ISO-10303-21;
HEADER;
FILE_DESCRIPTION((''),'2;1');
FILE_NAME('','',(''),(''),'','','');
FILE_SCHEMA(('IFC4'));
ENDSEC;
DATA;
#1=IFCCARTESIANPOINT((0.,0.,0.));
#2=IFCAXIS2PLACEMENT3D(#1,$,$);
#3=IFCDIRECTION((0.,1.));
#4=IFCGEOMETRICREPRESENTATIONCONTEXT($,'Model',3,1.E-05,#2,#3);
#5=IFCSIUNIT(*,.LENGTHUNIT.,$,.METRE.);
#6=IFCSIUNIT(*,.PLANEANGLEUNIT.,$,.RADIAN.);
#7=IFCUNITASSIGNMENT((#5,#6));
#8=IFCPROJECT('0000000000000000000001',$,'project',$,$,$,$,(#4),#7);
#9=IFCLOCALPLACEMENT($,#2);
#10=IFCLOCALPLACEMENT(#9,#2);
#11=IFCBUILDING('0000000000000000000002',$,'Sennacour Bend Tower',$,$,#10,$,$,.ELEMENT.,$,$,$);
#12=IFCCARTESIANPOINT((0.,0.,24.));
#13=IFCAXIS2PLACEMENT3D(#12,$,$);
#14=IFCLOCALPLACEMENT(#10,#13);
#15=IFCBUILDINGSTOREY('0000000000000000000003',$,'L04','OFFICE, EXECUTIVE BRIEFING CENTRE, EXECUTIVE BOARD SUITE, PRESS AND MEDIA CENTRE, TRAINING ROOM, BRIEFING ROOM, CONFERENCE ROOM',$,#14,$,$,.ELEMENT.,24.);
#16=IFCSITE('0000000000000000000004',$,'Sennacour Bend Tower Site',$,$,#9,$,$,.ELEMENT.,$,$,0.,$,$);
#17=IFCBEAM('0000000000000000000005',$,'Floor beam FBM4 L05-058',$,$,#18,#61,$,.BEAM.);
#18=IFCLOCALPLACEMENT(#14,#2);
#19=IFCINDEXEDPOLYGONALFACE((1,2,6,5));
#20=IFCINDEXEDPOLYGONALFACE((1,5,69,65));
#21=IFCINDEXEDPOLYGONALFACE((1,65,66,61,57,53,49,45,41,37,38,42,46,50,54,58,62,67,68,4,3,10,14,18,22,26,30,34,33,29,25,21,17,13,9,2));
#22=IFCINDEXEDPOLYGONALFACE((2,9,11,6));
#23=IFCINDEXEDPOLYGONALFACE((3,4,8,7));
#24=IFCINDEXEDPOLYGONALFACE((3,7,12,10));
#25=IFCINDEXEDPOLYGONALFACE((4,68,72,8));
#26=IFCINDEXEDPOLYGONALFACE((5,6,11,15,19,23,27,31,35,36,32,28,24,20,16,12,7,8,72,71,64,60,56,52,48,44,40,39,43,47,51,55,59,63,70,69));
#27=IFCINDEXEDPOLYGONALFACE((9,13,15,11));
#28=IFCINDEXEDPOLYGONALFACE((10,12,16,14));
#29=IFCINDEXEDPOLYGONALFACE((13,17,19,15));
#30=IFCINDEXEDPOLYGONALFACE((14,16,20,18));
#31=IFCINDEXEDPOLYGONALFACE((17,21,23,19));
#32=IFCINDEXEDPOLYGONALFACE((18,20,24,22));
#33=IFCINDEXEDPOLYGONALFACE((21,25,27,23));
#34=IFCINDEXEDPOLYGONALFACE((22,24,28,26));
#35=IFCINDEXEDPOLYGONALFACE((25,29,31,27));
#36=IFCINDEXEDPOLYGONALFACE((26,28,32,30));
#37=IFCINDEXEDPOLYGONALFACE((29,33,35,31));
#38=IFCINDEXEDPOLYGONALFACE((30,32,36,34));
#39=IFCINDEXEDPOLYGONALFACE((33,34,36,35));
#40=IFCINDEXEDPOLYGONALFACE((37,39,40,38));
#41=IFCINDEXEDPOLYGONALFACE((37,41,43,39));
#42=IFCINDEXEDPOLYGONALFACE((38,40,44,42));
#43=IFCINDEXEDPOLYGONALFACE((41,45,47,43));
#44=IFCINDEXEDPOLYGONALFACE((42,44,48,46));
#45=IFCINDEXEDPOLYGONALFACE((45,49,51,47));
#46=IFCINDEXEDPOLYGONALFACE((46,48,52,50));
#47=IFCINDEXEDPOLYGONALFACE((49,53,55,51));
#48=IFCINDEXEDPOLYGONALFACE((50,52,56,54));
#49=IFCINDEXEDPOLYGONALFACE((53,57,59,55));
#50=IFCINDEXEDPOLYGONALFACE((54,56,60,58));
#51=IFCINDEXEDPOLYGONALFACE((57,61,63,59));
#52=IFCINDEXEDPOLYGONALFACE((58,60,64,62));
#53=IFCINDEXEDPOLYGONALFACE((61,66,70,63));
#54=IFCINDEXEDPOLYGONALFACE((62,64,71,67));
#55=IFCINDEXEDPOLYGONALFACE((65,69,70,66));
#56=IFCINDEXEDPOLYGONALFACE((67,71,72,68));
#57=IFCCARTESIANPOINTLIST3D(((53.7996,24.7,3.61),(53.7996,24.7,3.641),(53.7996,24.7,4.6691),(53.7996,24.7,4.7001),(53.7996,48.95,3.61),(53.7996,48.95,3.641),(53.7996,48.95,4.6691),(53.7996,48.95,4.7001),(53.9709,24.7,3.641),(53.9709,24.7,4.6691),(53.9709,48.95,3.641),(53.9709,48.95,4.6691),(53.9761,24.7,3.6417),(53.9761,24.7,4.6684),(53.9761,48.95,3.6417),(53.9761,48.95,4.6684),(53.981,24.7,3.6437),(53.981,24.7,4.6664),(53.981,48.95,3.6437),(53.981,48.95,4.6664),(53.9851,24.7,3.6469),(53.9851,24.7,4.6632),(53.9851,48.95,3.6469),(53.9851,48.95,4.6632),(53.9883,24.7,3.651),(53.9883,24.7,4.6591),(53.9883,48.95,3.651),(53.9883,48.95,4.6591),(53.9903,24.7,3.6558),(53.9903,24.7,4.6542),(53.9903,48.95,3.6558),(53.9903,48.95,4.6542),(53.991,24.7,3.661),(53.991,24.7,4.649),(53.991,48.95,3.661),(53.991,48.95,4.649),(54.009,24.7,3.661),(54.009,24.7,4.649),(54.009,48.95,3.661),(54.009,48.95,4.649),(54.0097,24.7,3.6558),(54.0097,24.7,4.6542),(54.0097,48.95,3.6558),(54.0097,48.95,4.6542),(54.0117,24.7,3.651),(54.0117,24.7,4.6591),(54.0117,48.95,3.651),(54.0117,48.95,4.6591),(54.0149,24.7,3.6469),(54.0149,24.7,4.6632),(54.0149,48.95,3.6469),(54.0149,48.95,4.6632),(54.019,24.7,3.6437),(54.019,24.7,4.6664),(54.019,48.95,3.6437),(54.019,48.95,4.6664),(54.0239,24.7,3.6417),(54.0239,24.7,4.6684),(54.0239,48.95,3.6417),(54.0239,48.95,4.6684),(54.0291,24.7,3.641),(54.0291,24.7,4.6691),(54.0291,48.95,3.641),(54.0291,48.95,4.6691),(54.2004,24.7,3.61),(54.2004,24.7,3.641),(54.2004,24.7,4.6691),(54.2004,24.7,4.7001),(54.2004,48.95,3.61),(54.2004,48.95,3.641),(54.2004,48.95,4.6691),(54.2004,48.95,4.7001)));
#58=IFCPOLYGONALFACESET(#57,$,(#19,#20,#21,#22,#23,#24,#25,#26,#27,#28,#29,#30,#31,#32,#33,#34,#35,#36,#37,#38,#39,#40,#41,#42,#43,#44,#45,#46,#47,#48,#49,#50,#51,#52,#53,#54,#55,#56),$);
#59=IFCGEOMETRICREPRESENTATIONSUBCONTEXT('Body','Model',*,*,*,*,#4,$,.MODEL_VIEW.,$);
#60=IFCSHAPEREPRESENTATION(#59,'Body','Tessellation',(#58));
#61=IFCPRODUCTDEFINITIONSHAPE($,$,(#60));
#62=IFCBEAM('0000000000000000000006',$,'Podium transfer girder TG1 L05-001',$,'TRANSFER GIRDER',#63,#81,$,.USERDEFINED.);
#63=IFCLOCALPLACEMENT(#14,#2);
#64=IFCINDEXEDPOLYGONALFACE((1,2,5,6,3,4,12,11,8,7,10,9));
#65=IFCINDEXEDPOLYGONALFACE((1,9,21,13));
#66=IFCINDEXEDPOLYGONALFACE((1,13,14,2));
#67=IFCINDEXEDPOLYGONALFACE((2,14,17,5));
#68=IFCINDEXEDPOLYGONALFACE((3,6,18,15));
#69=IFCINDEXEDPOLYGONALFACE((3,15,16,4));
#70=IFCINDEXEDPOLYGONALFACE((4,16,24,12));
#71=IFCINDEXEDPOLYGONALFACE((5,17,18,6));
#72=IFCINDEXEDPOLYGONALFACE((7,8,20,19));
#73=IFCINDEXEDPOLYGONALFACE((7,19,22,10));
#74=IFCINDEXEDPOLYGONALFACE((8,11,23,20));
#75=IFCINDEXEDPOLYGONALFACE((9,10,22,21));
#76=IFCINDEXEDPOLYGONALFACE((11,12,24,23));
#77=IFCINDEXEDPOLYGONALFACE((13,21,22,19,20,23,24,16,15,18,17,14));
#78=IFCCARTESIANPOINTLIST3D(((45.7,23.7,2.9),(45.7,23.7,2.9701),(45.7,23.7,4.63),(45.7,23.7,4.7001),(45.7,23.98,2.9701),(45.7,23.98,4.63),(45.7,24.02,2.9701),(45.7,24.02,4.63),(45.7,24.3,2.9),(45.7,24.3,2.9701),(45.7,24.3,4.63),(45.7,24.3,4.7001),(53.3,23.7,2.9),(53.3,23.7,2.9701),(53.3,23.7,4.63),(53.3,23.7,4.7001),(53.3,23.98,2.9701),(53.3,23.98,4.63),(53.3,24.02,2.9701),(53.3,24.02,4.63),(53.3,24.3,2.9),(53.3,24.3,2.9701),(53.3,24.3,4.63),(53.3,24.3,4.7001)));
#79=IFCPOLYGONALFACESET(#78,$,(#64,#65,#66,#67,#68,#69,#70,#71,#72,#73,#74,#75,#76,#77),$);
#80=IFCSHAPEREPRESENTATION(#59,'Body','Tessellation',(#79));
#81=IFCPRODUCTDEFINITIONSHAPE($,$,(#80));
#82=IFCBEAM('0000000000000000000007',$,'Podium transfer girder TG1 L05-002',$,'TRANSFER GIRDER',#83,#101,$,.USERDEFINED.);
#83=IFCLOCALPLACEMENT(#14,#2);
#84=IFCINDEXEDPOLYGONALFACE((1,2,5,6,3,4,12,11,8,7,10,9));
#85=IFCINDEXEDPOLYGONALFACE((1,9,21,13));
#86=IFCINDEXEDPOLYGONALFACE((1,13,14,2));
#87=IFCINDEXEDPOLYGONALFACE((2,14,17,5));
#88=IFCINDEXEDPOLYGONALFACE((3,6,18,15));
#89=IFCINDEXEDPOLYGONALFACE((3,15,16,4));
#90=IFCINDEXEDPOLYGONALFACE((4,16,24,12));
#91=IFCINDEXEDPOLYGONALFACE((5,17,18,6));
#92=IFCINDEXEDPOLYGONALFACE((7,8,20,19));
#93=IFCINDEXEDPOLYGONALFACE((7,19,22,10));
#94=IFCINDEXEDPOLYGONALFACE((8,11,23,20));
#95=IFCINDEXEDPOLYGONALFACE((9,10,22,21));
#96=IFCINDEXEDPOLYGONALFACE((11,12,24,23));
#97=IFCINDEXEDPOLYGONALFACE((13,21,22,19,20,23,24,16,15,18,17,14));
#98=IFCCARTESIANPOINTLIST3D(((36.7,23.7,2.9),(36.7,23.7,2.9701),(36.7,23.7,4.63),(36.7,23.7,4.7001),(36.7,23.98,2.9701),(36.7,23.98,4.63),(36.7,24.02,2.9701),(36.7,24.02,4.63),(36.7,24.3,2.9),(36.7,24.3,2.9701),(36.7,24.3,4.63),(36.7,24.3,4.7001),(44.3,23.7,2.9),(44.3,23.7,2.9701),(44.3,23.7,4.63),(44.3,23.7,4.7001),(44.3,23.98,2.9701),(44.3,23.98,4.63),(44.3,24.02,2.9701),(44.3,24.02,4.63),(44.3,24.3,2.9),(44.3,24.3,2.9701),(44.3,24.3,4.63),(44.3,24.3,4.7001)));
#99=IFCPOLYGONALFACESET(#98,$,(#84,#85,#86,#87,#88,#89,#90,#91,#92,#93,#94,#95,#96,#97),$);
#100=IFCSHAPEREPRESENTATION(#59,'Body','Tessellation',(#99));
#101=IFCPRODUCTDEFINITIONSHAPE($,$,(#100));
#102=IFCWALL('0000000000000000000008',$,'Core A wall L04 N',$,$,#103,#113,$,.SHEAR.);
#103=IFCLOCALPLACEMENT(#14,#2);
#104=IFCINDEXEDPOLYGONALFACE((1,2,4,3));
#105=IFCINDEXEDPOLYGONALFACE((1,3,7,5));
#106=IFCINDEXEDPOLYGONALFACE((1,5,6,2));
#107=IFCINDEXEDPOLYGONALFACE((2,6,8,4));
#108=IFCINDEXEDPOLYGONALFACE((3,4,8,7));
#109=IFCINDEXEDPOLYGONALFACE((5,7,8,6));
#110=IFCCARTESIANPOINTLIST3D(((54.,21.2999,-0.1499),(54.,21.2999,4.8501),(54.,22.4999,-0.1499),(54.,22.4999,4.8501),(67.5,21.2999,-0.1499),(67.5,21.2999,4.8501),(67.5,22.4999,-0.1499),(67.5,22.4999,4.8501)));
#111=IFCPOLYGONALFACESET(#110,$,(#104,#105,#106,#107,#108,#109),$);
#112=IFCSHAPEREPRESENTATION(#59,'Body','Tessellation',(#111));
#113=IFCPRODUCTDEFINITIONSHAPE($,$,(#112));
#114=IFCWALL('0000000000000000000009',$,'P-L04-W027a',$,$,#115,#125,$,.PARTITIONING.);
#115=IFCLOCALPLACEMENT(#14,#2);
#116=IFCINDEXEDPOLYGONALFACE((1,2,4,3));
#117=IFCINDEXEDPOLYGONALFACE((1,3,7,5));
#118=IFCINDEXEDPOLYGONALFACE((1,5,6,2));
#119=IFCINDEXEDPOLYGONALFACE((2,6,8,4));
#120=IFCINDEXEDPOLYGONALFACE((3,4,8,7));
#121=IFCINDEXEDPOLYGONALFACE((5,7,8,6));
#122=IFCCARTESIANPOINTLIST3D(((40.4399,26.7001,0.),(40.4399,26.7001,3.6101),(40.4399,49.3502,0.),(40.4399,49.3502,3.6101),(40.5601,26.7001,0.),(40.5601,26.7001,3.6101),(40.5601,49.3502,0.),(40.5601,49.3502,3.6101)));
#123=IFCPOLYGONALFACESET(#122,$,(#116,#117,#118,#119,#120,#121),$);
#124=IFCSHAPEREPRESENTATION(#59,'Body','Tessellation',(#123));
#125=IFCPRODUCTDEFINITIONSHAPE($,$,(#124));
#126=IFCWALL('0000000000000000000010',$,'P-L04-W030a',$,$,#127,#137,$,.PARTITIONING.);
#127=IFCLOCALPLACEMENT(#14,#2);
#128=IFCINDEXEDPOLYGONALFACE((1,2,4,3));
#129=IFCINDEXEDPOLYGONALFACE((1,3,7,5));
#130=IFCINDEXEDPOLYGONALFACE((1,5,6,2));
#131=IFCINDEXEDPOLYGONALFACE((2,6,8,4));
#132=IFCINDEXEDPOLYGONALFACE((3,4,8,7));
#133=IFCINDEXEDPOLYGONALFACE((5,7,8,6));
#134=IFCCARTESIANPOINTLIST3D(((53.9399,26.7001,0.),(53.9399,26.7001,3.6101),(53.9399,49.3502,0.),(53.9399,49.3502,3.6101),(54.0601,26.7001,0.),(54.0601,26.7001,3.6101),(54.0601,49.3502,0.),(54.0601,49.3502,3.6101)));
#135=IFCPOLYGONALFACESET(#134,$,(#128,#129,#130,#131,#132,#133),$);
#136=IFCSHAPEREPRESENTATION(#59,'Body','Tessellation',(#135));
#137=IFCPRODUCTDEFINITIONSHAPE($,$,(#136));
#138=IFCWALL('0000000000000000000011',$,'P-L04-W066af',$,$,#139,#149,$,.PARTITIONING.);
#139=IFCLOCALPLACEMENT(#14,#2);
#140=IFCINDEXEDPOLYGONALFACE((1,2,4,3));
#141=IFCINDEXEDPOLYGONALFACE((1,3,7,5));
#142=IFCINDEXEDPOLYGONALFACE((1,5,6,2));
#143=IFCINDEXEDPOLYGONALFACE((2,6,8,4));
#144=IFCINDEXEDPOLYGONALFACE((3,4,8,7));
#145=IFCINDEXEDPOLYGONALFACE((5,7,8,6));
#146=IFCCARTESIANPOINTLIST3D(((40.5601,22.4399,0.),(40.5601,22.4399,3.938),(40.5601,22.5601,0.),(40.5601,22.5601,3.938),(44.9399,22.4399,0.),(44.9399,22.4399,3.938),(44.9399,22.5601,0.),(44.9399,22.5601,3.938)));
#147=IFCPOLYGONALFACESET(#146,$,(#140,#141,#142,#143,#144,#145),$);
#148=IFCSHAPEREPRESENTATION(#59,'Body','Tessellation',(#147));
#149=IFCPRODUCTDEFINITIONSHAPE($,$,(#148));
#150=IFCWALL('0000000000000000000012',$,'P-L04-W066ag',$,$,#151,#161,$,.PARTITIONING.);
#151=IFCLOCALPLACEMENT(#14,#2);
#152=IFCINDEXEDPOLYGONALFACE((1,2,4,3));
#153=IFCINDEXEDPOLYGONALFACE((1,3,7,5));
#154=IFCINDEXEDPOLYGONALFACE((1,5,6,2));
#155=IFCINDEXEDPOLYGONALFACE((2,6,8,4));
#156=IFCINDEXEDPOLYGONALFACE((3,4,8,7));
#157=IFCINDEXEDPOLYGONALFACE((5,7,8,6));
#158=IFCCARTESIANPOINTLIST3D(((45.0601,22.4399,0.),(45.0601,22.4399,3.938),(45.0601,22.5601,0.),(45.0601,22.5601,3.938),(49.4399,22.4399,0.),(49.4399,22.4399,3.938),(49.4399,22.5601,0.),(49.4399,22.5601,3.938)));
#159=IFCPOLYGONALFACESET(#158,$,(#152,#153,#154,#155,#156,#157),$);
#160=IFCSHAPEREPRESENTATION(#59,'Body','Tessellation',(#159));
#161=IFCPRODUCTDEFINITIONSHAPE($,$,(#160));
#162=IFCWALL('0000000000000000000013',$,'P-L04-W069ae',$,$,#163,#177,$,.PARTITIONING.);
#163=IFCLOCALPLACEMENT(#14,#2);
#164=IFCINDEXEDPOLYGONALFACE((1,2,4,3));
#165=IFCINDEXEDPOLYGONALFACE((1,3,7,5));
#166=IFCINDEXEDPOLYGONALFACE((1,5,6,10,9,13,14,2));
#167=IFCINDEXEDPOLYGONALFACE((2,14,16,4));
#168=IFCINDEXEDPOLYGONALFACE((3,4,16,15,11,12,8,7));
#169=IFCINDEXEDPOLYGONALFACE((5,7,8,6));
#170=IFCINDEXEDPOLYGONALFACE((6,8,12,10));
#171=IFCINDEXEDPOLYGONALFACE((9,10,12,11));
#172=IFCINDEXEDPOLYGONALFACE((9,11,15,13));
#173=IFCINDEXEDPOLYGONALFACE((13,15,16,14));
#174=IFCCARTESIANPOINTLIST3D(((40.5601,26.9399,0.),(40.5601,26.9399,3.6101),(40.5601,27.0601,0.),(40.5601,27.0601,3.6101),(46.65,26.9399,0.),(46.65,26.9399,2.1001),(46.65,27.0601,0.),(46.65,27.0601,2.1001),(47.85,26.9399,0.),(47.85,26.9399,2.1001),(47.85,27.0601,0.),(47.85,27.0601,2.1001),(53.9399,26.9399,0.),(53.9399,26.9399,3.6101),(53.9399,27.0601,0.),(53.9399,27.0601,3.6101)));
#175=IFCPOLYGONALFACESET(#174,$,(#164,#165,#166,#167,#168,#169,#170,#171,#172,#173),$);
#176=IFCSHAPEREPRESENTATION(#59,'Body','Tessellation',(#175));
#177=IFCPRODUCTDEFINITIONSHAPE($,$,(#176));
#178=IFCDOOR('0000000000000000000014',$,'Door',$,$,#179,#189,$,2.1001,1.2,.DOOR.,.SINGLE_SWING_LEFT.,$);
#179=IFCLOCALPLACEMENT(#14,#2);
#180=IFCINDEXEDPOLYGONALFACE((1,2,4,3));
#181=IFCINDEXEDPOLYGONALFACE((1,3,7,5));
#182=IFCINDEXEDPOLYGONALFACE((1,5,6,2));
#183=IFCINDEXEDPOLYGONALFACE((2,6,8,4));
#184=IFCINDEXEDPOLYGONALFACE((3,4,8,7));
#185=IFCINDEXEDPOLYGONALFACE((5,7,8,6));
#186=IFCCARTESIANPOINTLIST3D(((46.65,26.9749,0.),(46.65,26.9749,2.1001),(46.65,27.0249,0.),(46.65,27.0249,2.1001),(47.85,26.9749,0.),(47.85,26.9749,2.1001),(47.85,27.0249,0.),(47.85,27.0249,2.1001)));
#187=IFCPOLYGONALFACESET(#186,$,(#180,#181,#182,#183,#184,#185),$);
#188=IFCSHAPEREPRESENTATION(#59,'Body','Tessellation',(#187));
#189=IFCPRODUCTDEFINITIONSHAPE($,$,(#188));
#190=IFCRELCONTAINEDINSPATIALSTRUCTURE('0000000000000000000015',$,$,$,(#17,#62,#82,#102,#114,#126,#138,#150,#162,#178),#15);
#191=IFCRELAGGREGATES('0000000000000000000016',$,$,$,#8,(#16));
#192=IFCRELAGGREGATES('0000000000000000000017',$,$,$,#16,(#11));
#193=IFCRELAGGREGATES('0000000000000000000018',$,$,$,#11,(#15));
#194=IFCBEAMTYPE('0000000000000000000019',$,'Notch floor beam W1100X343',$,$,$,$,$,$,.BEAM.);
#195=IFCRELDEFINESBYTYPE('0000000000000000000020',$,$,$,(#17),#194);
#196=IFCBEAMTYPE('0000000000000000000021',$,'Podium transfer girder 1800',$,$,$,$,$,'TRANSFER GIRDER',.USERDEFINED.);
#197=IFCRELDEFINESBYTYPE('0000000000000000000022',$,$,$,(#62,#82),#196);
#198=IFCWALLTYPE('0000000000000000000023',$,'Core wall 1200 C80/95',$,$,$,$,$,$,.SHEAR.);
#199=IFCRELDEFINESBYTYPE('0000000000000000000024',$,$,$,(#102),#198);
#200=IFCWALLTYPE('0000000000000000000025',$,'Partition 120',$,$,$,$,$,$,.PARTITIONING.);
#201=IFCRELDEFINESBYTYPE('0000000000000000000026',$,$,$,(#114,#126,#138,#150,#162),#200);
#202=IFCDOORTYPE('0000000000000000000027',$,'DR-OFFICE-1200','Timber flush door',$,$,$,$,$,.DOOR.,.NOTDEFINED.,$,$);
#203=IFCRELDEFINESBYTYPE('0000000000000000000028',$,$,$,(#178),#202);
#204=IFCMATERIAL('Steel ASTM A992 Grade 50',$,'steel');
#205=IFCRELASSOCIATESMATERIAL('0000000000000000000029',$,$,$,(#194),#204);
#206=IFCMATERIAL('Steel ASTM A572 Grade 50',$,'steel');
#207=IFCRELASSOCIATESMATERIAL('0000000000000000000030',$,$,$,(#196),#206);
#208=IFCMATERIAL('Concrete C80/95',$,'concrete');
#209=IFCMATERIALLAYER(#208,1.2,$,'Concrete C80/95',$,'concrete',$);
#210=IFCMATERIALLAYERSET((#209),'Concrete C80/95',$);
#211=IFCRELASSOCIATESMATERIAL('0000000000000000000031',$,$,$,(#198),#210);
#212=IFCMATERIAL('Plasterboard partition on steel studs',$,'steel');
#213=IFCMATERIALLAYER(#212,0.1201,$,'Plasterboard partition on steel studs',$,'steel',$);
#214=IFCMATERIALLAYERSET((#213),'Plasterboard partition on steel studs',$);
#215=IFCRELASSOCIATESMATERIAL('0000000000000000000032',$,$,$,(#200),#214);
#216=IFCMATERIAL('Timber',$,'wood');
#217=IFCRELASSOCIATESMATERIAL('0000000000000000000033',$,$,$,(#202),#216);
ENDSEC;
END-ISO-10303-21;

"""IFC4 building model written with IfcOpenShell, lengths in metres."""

from ifc_helpers import new_model, si_unit, direction, frame, frame_2d, origin, origin_2d, place, context, subcontext, project, spatial, rectangle, i_section, extrude, material, layer, layer_set, material_profile, profile_set, type_object, element, fill, save


model = new_model("IFC4")

# Units and contexts
model_context = context("Model", 3, precision=1e-05, world=origin(), true_north=direction((0.0, 1.0)))
body_context = subcontext(model_context, "Body", "Model", "MODEL_VIEW")
ifc_project = project(units=[si_unit("LENGTHUNIT", "METRE"), si_unit("PLANEANGLEUNIT", "RADIAN")], contexts=[model_context])

# Site, building, storey
site_placement = place(None, origin())
site = spatial("IfcSite", under=ifc_project, at=site_placement, Name="Sennacour Bend Tower Site", CompositionType="ELEMENT", RefElevation=0.0)
building_placement = place(site_placement, origin())
building = spatial("IfcBuilding", under=site, at=building_placement, Name="Sennacour Bend Tower", CompositionType="ELEMENT")
storey_placement = place(building_placement, frame((0.0, 0.0, 24.0)))
storey = spatial("IfcBuildingStorey", under=building, at=storey_placement, Name="L04", Description="OFFICE, EXECUTIVE BRIEFING CENTRE, EXECUTIVE BOARD SUITE, PRESS AND MEDIA CENTRE, TRAINING ROOM, BRIEFING ROOM, CONFERENCE ROOM", CompositionType="ELEMENT", Elevation=24.0)

# Shared definitions
ifc_material_1 = material(Name="Steel ASTM A572 Grade 50", Category="steel")

# Beams
ifc_material_2 = material(Name="Steel ASTM A992 Grade 50", Category="steel")
ifc_material_profile_1 = material_profile(ifc_material_2, i_section(OverallWidth=0.4009, OverallDepth=1.0901, WebThickness=0.0181, FlangeThickness=0.031, FilletRadius=0.02, at=origin_2d()), Name="Steel ASTM A992 Grade 50", Category="steel")
ifc_profile_set_1 = profile_set([ifc_material_profile_1], Name="Steel ASTM A992 Grade 50")
beam_type_1 = type_object("IfcBeamType", Name="Notch floor beam W1100X343", PredefinedType="BEAM", material=ifc_profile_set_1)
beam_1_placement = place(storey_placement, frame((54.0, 24.7, 4.155), z_axis=(0.0, 1.0, 0.0), x_axis=(-1.0, 0.0, 0.0)))
element("IfcBeam", 1, at=beam_1_placement, inside=storey, type_object=beam_type_1, Name="Floor beam FBM4 L05-058", PredefinedType="BEAM", context=body_context, shape_type="SweptSolid", body=[
    extrude(i_section(OverallWidth=0.4009, OverallDepth=1.0901, WebThickness=0.0181, FlangeThickness=0.031, FilletRadius=0.02, at=origin_2d()), origin(), (0.0, 0.0, 1.0), 24.25),
])
ifc_material_profile_2 = material_profile(ifc_material_1, i_section(OverallWidth=0.6001, OverallDepth=1.8, WebThickness=0.04, FlangeThickness=0.0701, at=origin_2d()), Name="Steel ASTM A572 Grade 50", Category="steel")
ifc_profile_set_2 = profile_set([ifc_material_profile_2], Name="Steel ASTM A572 Grade 50")
beam_type_2 = type_object("IfcBeamType", Name="Podium transfer girder 1800", ElementType="TRANSFER GIRDER", PredefinedType="USERDEFINED", material=ifc_profile_set_2)
for number, where, z_axis, x_axis, name in (
    (2, (53.3, 24.0, 3.8), (-1.0, 0.0, 0.0), (0.0, -1.0, 0.0), "Podium transfer girder TG1 L05-001"),
    (3, (44.3, 24.0, 3.8), (-1.0, 0.0, 0.0), (0.0, -1.0, 0.0), "Podium transfer girder TG1 L05-002"),
):
    element("IfcBeam", number, at=place(storey_placement, frame(where, z_axis=z_axis, x_axis=x_axis)), inside=storey, type_object=beam_type_2, Name=name, ObjectType="TRANSFER GIRDER", PredefinedType="USERDEFINED", context=body_context, shape_type="SweptSolid", body=[
        extrude(i_section(OverallWidth=0.6001, OverallDepth=1.8, WebThickness=0.04, FlangeThickness=0.0701, at=origin_2d()), origin(), (0.0, 0.0, 1.0), 7.6001),
    ])

# Walls
ifc_material_3 = material(Name="Concrete C80/95", Category="concrete")
ifc_layer_1 = layer(ifc_material_3, 1.2, Name="Concrete C80/95", Category="concrete")
ifc_layer_set_1 = layer_set([ifc_layer_1], Name="Concrete C80/95")
wall_type_1 = type_object("IfcWallType", Name="Core wall 1200 C80/95", PredefinedType="SHEAR", material=ifc_layer_set_1)
wall_1_placement = place(storey_placement, frame((54.0, 21.8999, -0.1499), z_axis=(0.0, 0.0, 1.0), x_axis=(1.0, 0.0, 0.0)))
element("IfcWall", 4, at=wall_1_placement, inside=storey, type_object=wall_type_1, Name="Core A wall L04 N", PredefinedType="SHEAR", context=body_context, shape_type="SweptSolid", body=[
    extrude(rectangle(XDim=13.5, YDim=1.2, at=frame_2d((6.75, 0.0))), origin(), (0.0, 0.0, 1.0), 5.0),
])
ifc_material_4 = material(Name="Plasterboard partition on steel studs", Category="steel")
ifc_layer_2 = layer(ifc_material_4, 0.1201, Name="Plasterboard partition on steel studs", Category="steel")
ifc_layer_set_2 = layer_set([ifc_layer_2], Name="Plasterboard partition on steel studs")
wall_type_2 = type_object("IfcWallType", Name="Partition 120", PredefinedType="PARTITIONING", material=ifc_layer_set_2)
for number, where, z_axis, x_axis, name in (
    (5, (40.5, 26.7, 0.0), (0.0, 0.0, 1.0), (0.0, 1.0, 0.0), "P-L04-W027a"),
    (6, (54.0, 26.7, 0.0), (0.0, 0.0, 1.0), (0.0, 1.0, 0.0), "P-L04-W030a"),
):
    element("IfcWall", number, at=place(storey_placement, frame(where, z_axis=z_axis, x_axis=x_axis)), inside=storey, type_object=wall_type_2, Name=name, PredefinedType="PARTITIONING", context=body_context, shape_type="SweptSolid", body=[
        extrude(rectangle(XDim=22.6501, YDim=0.1201, at=frame_2d((11.3252, 0.0))), origin(), (0.0, 0.0, 1.0), 3.6101),
    ])
for number, where, z_axis, x_axis, name in (
    (7, (40.5601, 22.5, 0.0), (0.0, 0.0, 1.0), (1.0, 0.0, 0.0), "P-L04-W066af"),
    (8, (45.0601, 22.5, 0.0), (0.0, 0.0, 1.0), (1.0, 0.0, 0.0), "P-L04-W066ag"),
):
    element("IfcWall", number, at=place(storey_placement, frame(where, z_axis=z_axis, x_axis=x_axis)), inside=storey, type_object=wall_type_2, Name=name, PredefinedType="PARTITIONING", context=body_context, shape_type="SweptSolid", body=[
        extrude(rectangle(XDim=4.3799, YDim=0.1201, at=frame_2d((2.1899, 0.0))), origin(), (0.0, 0.0, 1.0), 3.938),
    ])

# Wall, opening, door
wall_2_placement = place(storey_placement, frame((40.5601, 27.0, 0.0), z_axis=(0.0, 0.0, 1.0), x_axis=(1.0, 0.0, 0.0)))
wall_2 = element("IfcWall", 9, at=wall_2_placement, inside=storey, type_object=wall_type_2, Name="P-L04-W069ae", PredefinedType="PARTITIONING", context=body_context, shape_type="SweptSolid", body=[
    extrude(rectangle(XDim=13.3799, YDim=0.1201, at=frame_2d((6.6899, 0.0))), origin(), (0.0, 0.0, 1.0), 3.6101),
])
opening_1_placement = place(wall_2_placement, frame((6.0898, 0.0, 0.0)))
opening_1 = element("IfcOpeningElement", 10, at=opening_1_placement, cuts=wall_2, PredefinedType="OPENING", context=body_context, shape_type="SweptSolid", body=[
    extrude(rectangle(XDim=1.2, YDim=2.1001, at=frame_2d((0.6001, 1.05))), frame((0.0, 0.0701, 0.0), z_axis=(0.0, -1.0, 0.0), x_axis=(1.0, 0.0, 0.0)), (0.0, 0.0, 1.0), 0.1401),
])
ifc_material_5 = material(Name="Timber", Category="wood")
door_type_1 = type_object("IfcDoorType", Name="DR-OFFICE-1200", Description="Timber flush door", OperationType="NOTDEFINED", PredefinedType="DOOR", material=ifc_material_5)
door_1_placement = place(opening_1_placement, origin())
door_1 = element("IfcDoor", 11, at=door_1_placement, inside=storey, type_object=door_type_1, Name="Door", OperationType="SINGLE_SWING_LEFT", OverallHeight=2.1001, OverallWidth=1.2, PredefinedType="DOOR", context=body_context, shape_type="SweptSolid", body=[
    extrude(rectangle(XDim=1.2, YDim=2.1001, at=frame_2d((0.6001, 1.05))), frame((0.0, 0.0249, 0.0), z_axis=(0.0, -1.0, 0.0), x_axis=(1.0, 0.0, 0.0)), (0.0, 0.0, 1.0), 0.05),
])
fill(opening_1, door_1)

save(model, "model.ifc")
